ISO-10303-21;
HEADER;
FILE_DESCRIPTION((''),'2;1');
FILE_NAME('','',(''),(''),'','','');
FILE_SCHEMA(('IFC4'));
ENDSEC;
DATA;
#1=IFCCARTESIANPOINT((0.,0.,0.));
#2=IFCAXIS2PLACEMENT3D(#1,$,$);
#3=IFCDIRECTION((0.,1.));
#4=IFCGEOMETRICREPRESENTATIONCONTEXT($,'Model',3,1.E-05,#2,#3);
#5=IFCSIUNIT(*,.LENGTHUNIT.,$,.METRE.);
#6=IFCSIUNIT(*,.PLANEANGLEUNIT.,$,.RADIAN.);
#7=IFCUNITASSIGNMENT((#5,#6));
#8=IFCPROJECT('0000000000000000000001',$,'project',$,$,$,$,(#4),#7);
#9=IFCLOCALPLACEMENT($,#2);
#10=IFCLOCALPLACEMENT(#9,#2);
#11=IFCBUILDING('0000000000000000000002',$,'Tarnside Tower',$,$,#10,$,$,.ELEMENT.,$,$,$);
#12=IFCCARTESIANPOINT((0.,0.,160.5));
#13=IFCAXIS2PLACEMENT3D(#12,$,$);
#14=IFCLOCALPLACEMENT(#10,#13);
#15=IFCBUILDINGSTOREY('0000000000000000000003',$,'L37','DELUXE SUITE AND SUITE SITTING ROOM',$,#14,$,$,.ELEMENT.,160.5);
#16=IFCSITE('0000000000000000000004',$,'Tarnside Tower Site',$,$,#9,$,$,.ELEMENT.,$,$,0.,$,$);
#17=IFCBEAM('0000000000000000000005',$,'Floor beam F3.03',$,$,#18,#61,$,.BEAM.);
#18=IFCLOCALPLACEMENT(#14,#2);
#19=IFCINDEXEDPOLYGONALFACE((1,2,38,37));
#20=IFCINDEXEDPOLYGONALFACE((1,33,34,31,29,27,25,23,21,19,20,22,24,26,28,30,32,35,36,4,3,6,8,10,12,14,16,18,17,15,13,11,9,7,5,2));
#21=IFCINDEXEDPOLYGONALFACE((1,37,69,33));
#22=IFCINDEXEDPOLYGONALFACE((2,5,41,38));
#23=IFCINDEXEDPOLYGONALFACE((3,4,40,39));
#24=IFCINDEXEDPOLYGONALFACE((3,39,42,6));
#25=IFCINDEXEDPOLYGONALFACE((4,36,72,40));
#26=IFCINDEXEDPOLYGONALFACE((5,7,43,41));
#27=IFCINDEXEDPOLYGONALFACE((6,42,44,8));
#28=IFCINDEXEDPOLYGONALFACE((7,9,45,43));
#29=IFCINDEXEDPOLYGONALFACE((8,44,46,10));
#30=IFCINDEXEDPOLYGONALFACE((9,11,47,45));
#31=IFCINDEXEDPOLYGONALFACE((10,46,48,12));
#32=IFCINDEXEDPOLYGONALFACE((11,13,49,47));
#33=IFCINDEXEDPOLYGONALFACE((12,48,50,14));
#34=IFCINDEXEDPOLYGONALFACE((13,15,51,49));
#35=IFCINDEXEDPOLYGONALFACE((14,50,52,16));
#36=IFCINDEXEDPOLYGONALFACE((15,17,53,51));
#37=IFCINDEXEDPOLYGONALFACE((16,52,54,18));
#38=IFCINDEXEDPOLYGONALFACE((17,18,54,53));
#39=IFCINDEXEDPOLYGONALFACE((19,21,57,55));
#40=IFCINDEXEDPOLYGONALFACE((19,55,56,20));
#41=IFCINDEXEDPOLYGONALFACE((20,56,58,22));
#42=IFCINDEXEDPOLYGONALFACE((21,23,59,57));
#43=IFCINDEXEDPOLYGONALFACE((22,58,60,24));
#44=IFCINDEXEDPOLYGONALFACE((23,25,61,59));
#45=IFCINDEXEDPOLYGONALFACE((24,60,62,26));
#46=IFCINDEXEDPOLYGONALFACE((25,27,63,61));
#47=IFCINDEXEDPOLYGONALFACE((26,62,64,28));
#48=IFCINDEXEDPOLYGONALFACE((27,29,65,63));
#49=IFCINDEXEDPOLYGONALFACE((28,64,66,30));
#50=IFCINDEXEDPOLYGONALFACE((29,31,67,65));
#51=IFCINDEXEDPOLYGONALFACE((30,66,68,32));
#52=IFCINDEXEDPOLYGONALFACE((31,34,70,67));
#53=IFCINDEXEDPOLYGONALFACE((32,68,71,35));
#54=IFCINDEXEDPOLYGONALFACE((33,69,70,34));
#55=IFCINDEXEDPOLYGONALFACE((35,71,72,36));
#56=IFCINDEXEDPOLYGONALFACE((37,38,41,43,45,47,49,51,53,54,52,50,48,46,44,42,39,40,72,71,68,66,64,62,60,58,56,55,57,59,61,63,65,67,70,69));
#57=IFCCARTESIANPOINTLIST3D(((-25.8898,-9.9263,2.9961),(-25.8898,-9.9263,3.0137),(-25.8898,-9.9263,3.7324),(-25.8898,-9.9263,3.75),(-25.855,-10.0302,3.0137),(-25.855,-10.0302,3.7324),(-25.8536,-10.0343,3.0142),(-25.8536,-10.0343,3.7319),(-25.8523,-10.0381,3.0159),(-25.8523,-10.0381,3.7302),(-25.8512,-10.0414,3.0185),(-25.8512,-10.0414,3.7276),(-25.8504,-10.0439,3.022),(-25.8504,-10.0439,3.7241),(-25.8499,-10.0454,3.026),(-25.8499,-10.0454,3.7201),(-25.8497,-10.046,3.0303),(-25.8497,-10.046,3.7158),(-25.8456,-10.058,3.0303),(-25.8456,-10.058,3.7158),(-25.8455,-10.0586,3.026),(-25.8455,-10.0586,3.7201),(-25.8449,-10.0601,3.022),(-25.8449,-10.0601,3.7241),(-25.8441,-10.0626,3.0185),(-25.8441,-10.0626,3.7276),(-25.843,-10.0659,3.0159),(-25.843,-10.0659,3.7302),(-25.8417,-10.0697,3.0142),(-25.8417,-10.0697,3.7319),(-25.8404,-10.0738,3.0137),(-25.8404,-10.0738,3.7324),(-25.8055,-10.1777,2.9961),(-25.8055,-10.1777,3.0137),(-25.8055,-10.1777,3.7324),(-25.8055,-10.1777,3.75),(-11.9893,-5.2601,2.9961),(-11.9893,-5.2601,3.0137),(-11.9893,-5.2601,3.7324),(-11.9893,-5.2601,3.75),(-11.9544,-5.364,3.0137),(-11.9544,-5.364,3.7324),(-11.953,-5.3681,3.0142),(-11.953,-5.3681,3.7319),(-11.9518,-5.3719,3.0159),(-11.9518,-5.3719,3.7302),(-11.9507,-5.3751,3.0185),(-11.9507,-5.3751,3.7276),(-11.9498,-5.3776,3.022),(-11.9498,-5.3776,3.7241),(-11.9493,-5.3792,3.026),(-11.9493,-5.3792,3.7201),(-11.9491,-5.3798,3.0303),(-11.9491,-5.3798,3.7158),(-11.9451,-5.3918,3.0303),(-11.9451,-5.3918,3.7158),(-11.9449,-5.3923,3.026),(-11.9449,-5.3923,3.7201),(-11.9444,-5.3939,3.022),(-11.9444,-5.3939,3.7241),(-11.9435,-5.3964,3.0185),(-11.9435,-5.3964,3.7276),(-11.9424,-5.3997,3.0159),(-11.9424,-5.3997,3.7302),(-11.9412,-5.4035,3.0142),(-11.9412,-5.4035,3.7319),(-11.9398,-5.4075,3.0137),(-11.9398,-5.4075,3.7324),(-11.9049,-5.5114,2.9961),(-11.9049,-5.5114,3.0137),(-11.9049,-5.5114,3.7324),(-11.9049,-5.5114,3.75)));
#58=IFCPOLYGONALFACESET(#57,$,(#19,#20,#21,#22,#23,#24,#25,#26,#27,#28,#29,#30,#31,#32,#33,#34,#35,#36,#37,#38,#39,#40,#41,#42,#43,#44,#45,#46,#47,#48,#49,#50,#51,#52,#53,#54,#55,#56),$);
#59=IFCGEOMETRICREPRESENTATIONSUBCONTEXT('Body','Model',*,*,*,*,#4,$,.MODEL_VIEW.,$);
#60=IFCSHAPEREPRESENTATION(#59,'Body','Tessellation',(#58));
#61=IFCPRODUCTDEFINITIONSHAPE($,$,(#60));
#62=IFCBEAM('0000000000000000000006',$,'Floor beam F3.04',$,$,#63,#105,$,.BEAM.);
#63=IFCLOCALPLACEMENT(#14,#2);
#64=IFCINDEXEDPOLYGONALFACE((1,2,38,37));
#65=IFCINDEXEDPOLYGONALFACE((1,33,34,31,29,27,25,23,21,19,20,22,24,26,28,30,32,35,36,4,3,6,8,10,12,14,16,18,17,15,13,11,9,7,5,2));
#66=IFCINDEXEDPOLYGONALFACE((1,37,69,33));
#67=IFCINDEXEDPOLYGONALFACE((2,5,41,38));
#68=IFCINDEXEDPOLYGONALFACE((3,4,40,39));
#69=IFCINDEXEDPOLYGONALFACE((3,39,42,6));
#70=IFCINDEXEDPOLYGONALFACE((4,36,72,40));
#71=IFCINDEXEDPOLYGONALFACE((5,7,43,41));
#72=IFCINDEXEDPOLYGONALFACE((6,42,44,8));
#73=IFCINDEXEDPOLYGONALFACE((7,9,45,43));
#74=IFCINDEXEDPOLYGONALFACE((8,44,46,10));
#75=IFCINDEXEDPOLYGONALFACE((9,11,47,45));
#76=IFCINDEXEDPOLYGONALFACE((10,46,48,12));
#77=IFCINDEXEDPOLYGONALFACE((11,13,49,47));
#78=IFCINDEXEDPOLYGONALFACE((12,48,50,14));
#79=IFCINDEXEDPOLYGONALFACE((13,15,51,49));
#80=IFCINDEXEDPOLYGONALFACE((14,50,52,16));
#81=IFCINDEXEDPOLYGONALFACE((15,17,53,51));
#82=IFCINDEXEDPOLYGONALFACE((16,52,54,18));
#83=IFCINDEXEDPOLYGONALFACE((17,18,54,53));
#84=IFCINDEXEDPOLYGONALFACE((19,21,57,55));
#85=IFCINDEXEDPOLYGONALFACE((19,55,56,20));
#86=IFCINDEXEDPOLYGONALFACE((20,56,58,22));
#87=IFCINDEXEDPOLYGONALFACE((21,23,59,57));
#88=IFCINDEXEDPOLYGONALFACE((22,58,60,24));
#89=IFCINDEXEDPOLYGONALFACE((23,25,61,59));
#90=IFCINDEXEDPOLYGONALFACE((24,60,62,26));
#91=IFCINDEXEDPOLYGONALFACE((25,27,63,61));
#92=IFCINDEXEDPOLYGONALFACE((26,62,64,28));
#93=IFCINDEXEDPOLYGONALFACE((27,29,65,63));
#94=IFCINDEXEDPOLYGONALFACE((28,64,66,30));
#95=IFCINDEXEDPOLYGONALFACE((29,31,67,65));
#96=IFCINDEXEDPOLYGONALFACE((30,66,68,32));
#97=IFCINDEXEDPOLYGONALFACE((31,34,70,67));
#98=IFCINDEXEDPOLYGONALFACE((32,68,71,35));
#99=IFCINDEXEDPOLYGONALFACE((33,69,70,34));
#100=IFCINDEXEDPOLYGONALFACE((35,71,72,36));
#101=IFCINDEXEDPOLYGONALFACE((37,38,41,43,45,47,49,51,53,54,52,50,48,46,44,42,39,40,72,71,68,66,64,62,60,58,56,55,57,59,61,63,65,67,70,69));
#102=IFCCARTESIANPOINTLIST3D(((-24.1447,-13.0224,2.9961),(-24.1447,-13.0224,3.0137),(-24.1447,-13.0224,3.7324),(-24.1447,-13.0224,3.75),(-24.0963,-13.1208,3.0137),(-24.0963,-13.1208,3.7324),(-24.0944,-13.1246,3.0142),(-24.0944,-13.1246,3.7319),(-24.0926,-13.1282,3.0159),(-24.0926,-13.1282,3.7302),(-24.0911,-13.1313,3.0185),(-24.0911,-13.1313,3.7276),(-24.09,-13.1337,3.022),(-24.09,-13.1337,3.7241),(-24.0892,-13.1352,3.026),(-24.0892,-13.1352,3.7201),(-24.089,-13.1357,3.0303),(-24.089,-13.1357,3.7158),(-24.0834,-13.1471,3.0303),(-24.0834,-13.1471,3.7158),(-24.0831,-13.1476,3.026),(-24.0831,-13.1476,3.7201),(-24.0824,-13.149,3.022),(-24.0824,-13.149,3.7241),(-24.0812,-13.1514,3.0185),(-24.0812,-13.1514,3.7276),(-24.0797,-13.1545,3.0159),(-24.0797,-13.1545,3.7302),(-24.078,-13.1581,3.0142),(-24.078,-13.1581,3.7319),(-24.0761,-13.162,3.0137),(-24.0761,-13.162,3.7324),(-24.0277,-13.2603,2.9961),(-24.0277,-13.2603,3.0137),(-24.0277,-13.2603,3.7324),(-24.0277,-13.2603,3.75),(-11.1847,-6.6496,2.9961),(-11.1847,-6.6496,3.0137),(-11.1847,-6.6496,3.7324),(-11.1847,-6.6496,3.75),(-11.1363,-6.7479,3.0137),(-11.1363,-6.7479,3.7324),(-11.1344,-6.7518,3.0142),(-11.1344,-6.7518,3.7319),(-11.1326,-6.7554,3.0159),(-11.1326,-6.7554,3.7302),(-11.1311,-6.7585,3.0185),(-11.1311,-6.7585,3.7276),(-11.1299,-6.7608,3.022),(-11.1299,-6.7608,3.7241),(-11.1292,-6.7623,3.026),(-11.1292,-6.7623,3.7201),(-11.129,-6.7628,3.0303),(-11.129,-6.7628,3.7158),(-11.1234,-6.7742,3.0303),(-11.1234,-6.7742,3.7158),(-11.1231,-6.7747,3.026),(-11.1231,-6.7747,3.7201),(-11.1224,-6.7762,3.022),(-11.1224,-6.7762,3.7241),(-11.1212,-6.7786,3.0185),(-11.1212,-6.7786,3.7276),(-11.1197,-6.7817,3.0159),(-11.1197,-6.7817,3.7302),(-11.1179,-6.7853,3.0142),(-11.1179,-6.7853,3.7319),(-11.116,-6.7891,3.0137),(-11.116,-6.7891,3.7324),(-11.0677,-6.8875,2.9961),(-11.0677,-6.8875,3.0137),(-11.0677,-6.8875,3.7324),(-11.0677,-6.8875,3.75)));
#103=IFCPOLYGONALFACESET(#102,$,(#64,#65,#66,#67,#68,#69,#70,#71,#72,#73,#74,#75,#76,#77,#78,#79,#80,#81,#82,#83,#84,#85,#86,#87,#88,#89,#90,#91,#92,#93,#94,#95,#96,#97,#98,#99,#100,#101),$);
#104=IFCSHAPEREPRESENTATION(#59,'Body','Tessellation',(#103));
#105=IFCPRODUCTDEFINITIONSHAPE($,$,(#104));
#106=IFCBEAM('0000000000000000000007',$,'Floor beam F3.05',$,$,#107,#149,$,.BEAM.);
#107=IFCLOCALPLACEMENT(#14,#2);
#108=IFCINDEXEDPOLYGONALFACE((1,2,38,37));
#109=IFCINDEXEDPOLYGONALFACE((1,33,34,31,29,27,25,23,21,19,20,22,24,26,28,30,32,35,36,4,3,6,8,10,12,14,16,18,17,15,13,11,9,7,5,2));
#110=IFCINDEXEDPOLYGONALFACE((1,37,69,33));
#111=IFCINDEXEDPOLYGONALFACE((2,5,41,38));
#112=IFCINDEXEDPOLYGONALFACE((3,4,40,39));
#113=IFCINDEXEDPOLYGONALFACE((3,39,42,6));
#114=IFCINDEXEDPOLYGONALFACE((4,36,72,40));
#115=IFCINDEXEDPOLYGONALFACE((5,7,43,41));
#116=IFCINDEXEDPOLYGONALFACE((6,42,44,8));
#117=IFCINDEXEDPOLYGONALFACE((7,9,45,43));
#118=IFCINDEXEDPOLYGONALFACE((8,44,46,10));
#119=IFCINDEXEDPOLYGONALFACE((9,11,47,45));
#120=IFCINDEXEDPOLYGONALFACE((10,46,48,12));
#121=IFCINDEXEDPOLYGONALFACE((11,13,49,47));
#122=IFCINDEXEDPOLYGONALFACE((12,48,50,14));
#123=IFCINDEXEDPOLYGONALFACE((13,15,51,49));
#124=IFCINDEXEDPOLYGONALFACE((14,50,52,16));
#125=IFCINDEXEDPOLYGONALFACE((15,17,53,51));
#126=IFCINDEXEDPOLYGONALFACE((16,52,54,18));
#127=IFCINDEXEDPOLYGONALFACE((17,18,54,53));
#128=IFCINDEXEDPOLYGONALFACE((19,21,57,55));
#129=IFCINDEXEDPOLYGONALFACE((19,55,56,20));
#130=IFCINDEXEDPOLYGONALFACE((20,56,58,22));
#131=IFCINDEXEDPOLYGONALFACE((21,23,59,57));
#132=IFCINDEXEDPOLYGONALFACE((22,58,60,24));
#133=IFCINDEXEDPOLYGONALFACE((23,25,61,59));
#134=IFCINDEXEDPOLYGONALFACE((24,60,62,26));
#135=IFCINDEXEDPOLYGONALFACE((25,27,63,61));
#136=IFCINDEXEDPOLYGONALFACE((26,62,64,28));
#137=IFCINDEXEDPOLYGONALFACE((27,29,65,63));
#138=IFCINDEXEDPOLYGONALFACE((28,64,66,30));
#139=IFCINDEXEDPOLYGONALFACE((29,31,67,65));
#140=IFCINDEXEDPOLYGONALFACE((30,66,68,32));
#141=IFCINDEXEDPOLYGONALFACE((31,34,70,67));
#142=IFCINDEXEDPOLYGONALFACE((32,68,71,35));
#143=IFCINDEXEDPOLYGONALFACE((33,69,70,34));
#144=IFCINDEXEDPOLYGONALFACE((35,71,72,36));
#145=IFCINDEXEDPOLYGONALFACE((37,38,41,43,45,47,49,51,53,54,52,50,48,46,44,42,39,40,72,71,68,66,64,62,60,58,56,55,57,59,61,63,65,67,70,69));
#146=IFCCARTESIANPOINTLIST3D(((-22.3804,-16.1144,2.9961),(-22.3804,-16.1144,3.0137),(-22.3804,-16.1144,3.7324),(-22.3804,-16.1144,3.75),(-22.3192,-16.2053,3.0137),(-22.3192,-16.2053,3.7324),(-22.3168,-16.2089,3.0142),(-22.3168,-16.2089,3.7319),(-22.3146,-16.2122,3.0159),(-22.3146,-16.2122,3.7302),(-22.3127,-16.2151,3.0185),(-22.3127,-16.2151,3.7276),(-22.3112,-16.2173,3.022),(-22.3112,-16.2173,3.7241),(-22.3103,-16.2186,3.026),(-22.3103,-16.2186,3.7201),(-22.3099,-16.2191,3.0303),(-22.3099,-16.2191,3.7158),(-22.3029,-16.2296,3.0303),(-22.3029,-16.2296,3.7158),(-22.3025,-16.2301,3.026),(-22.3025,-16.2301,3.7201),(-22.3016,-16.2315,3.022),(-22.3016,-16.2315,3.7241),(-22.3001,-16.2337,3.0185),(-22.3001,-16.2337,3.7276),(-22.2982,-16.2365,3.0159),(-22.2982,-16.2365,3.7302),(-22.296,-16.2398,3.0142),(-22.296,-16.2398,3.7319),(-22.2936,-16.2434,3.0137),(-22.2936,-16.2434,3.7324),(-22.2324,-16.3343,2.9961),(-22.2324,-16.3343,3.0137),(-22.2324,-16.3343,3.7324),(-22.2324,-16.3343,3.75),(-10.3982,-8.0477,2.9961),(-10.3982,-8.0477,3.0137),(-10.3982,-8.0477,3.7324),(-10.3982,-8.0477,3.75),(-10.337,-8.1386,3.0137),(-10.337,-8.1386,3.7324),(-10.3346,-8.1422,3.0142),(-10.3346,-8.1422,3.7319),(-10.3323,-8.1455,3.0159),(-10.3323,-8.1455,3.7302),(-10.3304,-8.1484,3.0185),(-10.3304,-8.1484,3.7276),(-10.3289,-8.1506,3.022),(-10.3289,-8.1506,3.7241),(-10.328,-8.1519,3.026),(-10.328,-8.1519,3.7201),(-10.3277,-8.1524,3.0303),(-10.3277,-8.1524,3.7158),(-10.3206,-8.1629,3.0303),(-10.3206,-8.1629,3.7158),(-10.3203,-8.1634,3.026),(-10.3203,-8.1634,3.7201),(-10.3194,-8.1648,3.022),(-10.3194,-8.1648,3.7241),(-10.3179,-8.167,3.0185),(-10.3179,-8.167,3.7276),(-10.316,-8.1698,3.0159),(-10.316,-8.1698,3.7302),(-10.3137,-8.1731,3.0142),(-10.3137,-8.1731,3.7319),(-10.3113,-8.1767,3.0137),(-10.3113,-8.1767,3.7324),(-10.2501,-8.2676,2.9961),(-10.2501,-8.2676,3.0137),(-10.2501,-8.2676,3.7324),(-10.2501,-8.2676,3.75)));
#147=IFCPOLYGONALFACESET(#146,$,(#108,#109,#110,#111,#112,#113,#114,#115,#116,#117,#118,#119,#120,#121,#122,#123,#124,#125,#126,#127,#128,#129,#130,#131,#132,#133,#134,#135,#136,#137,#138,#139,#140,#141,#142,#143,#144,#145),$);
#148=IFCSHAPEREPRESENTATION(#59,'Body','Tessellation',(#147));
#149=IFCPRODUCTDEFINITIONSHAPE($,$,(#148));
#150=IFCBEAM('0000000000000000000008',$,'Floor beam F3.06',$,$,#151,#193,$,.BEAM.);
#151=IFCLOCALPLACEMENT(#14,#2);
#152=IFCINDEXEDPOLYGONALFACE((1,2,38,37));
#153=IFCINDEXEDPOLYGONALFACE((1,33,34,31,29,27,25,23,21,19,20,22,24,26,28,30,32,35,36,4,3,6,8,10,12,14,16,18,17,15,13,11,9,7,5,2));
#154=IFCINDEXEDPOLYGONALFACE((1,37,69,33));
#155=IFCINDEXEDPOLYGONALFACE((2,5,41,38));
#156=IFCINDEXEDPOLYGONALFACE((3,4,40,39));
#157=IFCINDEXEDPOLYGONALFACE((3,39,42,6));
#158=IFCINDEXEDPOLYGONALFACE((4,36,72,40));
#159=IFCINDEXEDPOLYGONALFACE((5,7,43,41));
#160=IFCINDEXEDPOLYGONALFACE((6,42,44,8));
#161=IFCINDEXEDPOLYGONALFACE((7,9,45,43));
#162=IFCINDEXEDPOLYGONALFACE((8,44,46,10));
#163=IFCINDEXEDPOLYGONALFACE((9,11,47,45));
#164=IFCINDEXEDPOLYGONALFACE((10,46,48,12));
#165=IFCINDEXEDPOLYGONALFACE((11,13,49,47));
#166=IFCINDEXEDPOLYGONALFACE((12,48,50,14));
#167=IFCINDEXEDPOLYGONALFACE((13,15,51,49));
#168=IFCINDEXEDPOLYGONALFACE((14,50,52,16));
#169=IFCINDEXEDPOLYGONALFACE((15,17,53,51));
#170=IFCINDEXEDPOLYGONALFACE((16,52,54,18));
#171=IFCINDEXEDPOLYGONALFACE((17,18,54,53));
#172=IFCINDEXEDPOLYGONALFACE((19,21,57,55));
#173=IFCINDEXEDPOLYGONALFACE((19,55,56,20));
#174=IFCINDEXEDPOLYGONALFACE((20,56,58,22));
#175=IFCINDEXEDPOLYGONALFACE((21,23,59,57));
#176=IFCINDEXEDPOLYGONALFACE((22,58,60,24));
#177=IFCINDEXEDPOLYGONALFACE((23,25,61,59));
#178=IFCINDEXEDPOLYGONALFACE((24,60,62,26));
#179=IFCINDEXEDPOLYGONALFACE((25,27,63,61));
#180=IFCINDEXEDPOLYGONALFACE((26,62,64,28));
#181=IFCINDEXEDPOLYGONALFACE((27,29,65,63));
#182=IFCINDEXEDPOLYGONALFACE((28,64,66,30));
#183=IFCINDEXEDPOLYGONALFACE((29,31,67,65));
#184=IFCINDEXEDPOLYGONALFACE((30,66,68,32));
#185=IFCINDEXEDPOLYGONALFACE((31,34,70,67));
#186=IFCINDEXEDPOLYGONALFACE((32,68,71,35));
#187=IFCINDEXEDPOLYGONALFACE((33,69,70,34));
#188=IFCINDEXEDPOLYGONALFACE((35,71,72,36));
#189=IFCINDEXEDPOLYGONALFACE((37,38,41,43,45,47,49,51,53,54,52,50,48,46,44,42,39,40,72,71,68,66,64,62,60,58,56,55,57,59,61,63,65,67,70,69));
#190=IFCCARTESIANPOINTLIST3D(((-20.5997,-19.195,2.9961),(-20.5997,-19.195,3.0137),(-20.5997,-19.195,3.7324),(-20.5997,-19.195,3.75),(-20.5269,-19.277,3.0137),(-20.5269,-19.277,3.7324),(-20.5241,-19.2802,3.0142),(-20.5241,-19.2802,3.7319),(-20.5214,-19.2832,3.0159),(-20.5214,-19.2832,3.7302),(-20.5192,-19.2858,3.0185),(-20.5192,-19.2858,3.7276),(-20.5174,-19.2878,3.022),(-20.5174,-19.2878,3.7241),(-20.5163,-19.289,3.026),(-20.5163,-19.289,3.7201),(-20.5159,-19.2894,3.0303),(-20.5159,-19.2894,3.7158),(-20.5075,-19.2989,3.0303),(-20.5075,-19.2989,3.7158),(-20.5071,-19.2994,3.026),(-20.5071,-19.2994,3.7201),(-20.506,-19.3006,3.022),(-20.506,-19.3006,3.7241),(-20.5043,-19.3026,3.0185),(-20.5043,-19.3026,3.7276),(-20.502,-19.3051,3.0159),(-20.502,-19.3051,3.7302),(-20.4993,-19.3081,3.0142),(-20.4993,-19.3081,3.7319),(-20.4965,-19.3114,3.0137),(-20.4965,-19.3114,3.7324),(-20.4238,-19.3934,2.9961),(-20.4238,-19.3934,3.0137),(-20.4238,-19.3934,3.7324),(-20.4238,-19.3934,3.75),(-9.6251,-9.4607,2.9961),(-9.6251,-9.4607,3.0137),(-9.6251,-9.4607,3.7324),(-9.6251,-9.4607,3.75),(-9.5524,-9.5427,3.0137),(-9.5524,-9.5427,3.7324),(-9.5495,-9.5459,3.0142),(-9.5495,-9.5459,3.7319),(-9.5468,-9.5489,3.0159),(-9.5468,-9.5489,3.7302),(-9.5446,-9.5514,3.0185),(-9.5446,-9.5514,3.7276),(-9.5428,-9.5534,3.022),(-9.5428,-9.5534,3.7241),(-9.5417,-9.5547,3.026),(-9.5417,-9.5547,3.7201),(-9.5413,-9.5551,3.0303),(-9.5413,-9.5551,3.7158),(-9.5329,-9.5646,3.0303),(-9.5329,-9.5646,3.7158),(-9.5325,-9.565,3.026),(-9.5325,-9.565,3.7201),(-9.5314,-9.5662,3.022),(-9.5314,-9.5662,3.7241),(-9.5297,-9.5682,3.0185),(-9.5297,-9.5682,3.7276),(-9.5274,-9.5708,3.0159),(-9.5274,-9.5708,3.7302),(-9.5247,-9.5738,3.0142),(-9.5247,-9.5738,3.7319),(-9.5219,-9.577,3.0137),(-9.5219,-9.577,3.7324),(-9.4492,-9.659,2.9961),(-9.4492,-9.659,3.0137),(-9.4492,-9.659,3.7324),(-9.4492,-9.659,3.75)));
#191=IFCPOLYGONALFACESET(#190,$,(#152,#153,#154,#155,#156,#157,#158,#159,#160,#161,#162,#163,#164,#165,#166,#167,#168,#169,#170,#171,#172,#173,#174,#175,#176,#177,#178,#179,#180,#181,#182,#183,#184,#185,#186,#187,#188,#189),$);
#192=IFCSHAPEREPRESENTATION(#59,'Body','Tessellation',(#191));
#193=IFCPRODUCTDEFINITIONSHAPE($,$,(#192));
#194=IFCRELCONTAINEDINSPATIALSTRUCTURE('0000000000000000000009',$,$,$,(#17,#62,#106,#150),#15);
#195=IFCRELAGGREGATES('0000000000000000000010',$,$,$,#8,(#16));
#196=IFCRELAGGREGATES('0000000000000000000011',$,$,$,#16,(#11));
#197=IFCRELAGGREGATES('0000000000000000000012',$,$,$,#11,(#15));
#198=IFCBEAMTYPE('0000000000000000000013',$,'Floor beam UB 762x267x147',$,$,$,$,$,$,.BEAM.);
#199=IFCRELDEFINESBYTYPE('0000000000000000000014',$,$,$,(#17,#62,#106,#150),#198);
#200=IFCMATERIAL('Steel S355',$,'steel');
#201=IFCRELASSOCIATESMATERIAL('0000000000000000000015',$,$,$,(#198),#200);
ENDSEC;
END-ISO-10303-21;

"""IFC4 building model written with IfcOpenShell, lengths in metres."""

from ifc_helpers import new_model, si_unit, direction, frame, origin, origin_2d, place, context, subcontext, project, spatial, i_section, extrude, material, material_profile, profile_set, type_object, element, save


model = new_model("IFC4")

# Units and contexts
model_context = context("Model", 3, precision=1e-05, world=origin(), true_north=direction((0.0, 1.0)))
body_context = subcontext(model_context, "Body", "Model", "MODEL_VIEW")
ifc_project = project(units=[si_unit("LENGTHUNIT", "METRE"), si_unit("PLANEANGLEUNIT", "RADIAN")], contexts=[model_context])

# Site, building, storey
site_placement = place(None, origin())
site = spatial("IfcSite", under=ifc_project, at=site_placement, Name="Tarnside Tower Site", CompositionType="ELEMENT", RefElevation=0.0)
building_placement = place(site_placement, origin())
building = spatial("IfcBuilding", under=site, at=building_placement, Name="Tarnside Tower", CompositionType="ELEMENT")
storey_placement = place(building_placement, frame((0.0, 0.0, 160.5)))
storey = spatial("IfcBuildingStorey", under=building, at=storey_placement, Name="L37", Description="DELUXE SUITE AND SUITE SITTING ROOM", CompositionType="ELEMENT", Elevation=160.5)

# Beams
ifc_material_1 = material(Name="Steel S355", Category="steel")
ifc_material_profile_1 = material_profile(ifc_material_1, i_section(OverallWidth=0.2651, OverallDepth=0.7539, WebThickness=0.0127, FlangeThickness=0.0176, FilletRadius=0.0166, at=origin_2d()), Name="UB 762x267x147")
ifc_profile_set_1 = profile_set([ifc_material_profile_1], Name="Steel S355")
beam_type_1 = type_object("IfcBeamType", Name="Floor beam UB 762x267x147", PredefinedType="BEAM", material=ifc_profile_set_1)
beam_1_placement = place(storey_placement, frame((-25.8477, -10.052, 3.373), z_axis=(0.948012, 0.318235, 0.0), x_axis=(-0.318235, 0.948012, 0.0)))
element("IfcBeam", 1, at=beam_1_placement, inside=storey, type_object=beam_type_1, Name="Floor beam F3.03", PredefinedType="BEAM", context=body_context, shape_type="SweptSolid", body=[
    extrude(i_section(OverallWidth=0.2651, OverallDepth=0.7539, WebThickness=0.0127, FlangeThickness=0.0176, FilletRadius=0.0166, at=origin_2d()), origin(), (0.0, 0.0, 1.0), 14.6628),
])
beam_2_placement = place(storey_placement, frame((-24.0862, -13.1414, 3.373), z_axis=(0.897376, 0.441267, 0.0), x_axis=(-0.441267, 0.897376, 0.0)))
element("IfcBeam", 2, at=beam_2_placement, inside=storey, type_object=beam_type_1, Name="Floor beam F3.04", PredefinedType="BEAM", context=body_context, shape_type="SweptSolid", body=[
    extrude(i_section(OverallWidth=0.2651, OverallDepth=0.7539, WebThickness=0.0127, FlangeThickness=0.0176, FilletRadius=0.0166, at=origin_2d()), origin(), (0.0, 0.0, 1.0), 14.4421),
])
beam_3_placement = place(storey_placement, frame((-22.3064, -16.2244, 3.373), z_axis=(0.829532, 0.558458, 0.0), x_axis=(-0.558458, 0.829532, 0.0)))
element("IfcBeam", 3, at=beam_3_placement, inside=storey, type_object=beam_type_1, Name="Floor beam F3.05", PredefinedType="BEAM", context=body_context, shape_type="SweptSolid", body=[
    extrude(i_section(OverallWidth=0.2651, OverallDepth=0.7539, WebThickness=0.0127, FlangeThickness=0.0176, FilletRadius=0.0166, at=origin_2d()), origin(), (0.0, 0.0, 1.0), 14.4446),
])
beam_4_placement = place(storey_placement, frame((-20.5117, -19.2942, 3.373), z_axis=(0.748114, 0.66357, 0.0), x_axis=(-0.66357, 0.748114, 0.0)))
element("IfcBeam", 4, at=beam_4_placement, inside=storey, type_object=beam_type_1, Name="Floor beam F3.06", PredefinedType="BEAM", context=body_context, shape_type="SweptSolid", body=[
    extrude(i_section(OverallWidth=0.2651, OverallDepth=0.7539, WebThickness=0.0127, FlangeThickness=0.0176, FilletRadius=0.0166, at=origin_2d()), origin(), (0.0, 0.0, 1.0), 14.6697),
])

save(model, "model.ifc")
